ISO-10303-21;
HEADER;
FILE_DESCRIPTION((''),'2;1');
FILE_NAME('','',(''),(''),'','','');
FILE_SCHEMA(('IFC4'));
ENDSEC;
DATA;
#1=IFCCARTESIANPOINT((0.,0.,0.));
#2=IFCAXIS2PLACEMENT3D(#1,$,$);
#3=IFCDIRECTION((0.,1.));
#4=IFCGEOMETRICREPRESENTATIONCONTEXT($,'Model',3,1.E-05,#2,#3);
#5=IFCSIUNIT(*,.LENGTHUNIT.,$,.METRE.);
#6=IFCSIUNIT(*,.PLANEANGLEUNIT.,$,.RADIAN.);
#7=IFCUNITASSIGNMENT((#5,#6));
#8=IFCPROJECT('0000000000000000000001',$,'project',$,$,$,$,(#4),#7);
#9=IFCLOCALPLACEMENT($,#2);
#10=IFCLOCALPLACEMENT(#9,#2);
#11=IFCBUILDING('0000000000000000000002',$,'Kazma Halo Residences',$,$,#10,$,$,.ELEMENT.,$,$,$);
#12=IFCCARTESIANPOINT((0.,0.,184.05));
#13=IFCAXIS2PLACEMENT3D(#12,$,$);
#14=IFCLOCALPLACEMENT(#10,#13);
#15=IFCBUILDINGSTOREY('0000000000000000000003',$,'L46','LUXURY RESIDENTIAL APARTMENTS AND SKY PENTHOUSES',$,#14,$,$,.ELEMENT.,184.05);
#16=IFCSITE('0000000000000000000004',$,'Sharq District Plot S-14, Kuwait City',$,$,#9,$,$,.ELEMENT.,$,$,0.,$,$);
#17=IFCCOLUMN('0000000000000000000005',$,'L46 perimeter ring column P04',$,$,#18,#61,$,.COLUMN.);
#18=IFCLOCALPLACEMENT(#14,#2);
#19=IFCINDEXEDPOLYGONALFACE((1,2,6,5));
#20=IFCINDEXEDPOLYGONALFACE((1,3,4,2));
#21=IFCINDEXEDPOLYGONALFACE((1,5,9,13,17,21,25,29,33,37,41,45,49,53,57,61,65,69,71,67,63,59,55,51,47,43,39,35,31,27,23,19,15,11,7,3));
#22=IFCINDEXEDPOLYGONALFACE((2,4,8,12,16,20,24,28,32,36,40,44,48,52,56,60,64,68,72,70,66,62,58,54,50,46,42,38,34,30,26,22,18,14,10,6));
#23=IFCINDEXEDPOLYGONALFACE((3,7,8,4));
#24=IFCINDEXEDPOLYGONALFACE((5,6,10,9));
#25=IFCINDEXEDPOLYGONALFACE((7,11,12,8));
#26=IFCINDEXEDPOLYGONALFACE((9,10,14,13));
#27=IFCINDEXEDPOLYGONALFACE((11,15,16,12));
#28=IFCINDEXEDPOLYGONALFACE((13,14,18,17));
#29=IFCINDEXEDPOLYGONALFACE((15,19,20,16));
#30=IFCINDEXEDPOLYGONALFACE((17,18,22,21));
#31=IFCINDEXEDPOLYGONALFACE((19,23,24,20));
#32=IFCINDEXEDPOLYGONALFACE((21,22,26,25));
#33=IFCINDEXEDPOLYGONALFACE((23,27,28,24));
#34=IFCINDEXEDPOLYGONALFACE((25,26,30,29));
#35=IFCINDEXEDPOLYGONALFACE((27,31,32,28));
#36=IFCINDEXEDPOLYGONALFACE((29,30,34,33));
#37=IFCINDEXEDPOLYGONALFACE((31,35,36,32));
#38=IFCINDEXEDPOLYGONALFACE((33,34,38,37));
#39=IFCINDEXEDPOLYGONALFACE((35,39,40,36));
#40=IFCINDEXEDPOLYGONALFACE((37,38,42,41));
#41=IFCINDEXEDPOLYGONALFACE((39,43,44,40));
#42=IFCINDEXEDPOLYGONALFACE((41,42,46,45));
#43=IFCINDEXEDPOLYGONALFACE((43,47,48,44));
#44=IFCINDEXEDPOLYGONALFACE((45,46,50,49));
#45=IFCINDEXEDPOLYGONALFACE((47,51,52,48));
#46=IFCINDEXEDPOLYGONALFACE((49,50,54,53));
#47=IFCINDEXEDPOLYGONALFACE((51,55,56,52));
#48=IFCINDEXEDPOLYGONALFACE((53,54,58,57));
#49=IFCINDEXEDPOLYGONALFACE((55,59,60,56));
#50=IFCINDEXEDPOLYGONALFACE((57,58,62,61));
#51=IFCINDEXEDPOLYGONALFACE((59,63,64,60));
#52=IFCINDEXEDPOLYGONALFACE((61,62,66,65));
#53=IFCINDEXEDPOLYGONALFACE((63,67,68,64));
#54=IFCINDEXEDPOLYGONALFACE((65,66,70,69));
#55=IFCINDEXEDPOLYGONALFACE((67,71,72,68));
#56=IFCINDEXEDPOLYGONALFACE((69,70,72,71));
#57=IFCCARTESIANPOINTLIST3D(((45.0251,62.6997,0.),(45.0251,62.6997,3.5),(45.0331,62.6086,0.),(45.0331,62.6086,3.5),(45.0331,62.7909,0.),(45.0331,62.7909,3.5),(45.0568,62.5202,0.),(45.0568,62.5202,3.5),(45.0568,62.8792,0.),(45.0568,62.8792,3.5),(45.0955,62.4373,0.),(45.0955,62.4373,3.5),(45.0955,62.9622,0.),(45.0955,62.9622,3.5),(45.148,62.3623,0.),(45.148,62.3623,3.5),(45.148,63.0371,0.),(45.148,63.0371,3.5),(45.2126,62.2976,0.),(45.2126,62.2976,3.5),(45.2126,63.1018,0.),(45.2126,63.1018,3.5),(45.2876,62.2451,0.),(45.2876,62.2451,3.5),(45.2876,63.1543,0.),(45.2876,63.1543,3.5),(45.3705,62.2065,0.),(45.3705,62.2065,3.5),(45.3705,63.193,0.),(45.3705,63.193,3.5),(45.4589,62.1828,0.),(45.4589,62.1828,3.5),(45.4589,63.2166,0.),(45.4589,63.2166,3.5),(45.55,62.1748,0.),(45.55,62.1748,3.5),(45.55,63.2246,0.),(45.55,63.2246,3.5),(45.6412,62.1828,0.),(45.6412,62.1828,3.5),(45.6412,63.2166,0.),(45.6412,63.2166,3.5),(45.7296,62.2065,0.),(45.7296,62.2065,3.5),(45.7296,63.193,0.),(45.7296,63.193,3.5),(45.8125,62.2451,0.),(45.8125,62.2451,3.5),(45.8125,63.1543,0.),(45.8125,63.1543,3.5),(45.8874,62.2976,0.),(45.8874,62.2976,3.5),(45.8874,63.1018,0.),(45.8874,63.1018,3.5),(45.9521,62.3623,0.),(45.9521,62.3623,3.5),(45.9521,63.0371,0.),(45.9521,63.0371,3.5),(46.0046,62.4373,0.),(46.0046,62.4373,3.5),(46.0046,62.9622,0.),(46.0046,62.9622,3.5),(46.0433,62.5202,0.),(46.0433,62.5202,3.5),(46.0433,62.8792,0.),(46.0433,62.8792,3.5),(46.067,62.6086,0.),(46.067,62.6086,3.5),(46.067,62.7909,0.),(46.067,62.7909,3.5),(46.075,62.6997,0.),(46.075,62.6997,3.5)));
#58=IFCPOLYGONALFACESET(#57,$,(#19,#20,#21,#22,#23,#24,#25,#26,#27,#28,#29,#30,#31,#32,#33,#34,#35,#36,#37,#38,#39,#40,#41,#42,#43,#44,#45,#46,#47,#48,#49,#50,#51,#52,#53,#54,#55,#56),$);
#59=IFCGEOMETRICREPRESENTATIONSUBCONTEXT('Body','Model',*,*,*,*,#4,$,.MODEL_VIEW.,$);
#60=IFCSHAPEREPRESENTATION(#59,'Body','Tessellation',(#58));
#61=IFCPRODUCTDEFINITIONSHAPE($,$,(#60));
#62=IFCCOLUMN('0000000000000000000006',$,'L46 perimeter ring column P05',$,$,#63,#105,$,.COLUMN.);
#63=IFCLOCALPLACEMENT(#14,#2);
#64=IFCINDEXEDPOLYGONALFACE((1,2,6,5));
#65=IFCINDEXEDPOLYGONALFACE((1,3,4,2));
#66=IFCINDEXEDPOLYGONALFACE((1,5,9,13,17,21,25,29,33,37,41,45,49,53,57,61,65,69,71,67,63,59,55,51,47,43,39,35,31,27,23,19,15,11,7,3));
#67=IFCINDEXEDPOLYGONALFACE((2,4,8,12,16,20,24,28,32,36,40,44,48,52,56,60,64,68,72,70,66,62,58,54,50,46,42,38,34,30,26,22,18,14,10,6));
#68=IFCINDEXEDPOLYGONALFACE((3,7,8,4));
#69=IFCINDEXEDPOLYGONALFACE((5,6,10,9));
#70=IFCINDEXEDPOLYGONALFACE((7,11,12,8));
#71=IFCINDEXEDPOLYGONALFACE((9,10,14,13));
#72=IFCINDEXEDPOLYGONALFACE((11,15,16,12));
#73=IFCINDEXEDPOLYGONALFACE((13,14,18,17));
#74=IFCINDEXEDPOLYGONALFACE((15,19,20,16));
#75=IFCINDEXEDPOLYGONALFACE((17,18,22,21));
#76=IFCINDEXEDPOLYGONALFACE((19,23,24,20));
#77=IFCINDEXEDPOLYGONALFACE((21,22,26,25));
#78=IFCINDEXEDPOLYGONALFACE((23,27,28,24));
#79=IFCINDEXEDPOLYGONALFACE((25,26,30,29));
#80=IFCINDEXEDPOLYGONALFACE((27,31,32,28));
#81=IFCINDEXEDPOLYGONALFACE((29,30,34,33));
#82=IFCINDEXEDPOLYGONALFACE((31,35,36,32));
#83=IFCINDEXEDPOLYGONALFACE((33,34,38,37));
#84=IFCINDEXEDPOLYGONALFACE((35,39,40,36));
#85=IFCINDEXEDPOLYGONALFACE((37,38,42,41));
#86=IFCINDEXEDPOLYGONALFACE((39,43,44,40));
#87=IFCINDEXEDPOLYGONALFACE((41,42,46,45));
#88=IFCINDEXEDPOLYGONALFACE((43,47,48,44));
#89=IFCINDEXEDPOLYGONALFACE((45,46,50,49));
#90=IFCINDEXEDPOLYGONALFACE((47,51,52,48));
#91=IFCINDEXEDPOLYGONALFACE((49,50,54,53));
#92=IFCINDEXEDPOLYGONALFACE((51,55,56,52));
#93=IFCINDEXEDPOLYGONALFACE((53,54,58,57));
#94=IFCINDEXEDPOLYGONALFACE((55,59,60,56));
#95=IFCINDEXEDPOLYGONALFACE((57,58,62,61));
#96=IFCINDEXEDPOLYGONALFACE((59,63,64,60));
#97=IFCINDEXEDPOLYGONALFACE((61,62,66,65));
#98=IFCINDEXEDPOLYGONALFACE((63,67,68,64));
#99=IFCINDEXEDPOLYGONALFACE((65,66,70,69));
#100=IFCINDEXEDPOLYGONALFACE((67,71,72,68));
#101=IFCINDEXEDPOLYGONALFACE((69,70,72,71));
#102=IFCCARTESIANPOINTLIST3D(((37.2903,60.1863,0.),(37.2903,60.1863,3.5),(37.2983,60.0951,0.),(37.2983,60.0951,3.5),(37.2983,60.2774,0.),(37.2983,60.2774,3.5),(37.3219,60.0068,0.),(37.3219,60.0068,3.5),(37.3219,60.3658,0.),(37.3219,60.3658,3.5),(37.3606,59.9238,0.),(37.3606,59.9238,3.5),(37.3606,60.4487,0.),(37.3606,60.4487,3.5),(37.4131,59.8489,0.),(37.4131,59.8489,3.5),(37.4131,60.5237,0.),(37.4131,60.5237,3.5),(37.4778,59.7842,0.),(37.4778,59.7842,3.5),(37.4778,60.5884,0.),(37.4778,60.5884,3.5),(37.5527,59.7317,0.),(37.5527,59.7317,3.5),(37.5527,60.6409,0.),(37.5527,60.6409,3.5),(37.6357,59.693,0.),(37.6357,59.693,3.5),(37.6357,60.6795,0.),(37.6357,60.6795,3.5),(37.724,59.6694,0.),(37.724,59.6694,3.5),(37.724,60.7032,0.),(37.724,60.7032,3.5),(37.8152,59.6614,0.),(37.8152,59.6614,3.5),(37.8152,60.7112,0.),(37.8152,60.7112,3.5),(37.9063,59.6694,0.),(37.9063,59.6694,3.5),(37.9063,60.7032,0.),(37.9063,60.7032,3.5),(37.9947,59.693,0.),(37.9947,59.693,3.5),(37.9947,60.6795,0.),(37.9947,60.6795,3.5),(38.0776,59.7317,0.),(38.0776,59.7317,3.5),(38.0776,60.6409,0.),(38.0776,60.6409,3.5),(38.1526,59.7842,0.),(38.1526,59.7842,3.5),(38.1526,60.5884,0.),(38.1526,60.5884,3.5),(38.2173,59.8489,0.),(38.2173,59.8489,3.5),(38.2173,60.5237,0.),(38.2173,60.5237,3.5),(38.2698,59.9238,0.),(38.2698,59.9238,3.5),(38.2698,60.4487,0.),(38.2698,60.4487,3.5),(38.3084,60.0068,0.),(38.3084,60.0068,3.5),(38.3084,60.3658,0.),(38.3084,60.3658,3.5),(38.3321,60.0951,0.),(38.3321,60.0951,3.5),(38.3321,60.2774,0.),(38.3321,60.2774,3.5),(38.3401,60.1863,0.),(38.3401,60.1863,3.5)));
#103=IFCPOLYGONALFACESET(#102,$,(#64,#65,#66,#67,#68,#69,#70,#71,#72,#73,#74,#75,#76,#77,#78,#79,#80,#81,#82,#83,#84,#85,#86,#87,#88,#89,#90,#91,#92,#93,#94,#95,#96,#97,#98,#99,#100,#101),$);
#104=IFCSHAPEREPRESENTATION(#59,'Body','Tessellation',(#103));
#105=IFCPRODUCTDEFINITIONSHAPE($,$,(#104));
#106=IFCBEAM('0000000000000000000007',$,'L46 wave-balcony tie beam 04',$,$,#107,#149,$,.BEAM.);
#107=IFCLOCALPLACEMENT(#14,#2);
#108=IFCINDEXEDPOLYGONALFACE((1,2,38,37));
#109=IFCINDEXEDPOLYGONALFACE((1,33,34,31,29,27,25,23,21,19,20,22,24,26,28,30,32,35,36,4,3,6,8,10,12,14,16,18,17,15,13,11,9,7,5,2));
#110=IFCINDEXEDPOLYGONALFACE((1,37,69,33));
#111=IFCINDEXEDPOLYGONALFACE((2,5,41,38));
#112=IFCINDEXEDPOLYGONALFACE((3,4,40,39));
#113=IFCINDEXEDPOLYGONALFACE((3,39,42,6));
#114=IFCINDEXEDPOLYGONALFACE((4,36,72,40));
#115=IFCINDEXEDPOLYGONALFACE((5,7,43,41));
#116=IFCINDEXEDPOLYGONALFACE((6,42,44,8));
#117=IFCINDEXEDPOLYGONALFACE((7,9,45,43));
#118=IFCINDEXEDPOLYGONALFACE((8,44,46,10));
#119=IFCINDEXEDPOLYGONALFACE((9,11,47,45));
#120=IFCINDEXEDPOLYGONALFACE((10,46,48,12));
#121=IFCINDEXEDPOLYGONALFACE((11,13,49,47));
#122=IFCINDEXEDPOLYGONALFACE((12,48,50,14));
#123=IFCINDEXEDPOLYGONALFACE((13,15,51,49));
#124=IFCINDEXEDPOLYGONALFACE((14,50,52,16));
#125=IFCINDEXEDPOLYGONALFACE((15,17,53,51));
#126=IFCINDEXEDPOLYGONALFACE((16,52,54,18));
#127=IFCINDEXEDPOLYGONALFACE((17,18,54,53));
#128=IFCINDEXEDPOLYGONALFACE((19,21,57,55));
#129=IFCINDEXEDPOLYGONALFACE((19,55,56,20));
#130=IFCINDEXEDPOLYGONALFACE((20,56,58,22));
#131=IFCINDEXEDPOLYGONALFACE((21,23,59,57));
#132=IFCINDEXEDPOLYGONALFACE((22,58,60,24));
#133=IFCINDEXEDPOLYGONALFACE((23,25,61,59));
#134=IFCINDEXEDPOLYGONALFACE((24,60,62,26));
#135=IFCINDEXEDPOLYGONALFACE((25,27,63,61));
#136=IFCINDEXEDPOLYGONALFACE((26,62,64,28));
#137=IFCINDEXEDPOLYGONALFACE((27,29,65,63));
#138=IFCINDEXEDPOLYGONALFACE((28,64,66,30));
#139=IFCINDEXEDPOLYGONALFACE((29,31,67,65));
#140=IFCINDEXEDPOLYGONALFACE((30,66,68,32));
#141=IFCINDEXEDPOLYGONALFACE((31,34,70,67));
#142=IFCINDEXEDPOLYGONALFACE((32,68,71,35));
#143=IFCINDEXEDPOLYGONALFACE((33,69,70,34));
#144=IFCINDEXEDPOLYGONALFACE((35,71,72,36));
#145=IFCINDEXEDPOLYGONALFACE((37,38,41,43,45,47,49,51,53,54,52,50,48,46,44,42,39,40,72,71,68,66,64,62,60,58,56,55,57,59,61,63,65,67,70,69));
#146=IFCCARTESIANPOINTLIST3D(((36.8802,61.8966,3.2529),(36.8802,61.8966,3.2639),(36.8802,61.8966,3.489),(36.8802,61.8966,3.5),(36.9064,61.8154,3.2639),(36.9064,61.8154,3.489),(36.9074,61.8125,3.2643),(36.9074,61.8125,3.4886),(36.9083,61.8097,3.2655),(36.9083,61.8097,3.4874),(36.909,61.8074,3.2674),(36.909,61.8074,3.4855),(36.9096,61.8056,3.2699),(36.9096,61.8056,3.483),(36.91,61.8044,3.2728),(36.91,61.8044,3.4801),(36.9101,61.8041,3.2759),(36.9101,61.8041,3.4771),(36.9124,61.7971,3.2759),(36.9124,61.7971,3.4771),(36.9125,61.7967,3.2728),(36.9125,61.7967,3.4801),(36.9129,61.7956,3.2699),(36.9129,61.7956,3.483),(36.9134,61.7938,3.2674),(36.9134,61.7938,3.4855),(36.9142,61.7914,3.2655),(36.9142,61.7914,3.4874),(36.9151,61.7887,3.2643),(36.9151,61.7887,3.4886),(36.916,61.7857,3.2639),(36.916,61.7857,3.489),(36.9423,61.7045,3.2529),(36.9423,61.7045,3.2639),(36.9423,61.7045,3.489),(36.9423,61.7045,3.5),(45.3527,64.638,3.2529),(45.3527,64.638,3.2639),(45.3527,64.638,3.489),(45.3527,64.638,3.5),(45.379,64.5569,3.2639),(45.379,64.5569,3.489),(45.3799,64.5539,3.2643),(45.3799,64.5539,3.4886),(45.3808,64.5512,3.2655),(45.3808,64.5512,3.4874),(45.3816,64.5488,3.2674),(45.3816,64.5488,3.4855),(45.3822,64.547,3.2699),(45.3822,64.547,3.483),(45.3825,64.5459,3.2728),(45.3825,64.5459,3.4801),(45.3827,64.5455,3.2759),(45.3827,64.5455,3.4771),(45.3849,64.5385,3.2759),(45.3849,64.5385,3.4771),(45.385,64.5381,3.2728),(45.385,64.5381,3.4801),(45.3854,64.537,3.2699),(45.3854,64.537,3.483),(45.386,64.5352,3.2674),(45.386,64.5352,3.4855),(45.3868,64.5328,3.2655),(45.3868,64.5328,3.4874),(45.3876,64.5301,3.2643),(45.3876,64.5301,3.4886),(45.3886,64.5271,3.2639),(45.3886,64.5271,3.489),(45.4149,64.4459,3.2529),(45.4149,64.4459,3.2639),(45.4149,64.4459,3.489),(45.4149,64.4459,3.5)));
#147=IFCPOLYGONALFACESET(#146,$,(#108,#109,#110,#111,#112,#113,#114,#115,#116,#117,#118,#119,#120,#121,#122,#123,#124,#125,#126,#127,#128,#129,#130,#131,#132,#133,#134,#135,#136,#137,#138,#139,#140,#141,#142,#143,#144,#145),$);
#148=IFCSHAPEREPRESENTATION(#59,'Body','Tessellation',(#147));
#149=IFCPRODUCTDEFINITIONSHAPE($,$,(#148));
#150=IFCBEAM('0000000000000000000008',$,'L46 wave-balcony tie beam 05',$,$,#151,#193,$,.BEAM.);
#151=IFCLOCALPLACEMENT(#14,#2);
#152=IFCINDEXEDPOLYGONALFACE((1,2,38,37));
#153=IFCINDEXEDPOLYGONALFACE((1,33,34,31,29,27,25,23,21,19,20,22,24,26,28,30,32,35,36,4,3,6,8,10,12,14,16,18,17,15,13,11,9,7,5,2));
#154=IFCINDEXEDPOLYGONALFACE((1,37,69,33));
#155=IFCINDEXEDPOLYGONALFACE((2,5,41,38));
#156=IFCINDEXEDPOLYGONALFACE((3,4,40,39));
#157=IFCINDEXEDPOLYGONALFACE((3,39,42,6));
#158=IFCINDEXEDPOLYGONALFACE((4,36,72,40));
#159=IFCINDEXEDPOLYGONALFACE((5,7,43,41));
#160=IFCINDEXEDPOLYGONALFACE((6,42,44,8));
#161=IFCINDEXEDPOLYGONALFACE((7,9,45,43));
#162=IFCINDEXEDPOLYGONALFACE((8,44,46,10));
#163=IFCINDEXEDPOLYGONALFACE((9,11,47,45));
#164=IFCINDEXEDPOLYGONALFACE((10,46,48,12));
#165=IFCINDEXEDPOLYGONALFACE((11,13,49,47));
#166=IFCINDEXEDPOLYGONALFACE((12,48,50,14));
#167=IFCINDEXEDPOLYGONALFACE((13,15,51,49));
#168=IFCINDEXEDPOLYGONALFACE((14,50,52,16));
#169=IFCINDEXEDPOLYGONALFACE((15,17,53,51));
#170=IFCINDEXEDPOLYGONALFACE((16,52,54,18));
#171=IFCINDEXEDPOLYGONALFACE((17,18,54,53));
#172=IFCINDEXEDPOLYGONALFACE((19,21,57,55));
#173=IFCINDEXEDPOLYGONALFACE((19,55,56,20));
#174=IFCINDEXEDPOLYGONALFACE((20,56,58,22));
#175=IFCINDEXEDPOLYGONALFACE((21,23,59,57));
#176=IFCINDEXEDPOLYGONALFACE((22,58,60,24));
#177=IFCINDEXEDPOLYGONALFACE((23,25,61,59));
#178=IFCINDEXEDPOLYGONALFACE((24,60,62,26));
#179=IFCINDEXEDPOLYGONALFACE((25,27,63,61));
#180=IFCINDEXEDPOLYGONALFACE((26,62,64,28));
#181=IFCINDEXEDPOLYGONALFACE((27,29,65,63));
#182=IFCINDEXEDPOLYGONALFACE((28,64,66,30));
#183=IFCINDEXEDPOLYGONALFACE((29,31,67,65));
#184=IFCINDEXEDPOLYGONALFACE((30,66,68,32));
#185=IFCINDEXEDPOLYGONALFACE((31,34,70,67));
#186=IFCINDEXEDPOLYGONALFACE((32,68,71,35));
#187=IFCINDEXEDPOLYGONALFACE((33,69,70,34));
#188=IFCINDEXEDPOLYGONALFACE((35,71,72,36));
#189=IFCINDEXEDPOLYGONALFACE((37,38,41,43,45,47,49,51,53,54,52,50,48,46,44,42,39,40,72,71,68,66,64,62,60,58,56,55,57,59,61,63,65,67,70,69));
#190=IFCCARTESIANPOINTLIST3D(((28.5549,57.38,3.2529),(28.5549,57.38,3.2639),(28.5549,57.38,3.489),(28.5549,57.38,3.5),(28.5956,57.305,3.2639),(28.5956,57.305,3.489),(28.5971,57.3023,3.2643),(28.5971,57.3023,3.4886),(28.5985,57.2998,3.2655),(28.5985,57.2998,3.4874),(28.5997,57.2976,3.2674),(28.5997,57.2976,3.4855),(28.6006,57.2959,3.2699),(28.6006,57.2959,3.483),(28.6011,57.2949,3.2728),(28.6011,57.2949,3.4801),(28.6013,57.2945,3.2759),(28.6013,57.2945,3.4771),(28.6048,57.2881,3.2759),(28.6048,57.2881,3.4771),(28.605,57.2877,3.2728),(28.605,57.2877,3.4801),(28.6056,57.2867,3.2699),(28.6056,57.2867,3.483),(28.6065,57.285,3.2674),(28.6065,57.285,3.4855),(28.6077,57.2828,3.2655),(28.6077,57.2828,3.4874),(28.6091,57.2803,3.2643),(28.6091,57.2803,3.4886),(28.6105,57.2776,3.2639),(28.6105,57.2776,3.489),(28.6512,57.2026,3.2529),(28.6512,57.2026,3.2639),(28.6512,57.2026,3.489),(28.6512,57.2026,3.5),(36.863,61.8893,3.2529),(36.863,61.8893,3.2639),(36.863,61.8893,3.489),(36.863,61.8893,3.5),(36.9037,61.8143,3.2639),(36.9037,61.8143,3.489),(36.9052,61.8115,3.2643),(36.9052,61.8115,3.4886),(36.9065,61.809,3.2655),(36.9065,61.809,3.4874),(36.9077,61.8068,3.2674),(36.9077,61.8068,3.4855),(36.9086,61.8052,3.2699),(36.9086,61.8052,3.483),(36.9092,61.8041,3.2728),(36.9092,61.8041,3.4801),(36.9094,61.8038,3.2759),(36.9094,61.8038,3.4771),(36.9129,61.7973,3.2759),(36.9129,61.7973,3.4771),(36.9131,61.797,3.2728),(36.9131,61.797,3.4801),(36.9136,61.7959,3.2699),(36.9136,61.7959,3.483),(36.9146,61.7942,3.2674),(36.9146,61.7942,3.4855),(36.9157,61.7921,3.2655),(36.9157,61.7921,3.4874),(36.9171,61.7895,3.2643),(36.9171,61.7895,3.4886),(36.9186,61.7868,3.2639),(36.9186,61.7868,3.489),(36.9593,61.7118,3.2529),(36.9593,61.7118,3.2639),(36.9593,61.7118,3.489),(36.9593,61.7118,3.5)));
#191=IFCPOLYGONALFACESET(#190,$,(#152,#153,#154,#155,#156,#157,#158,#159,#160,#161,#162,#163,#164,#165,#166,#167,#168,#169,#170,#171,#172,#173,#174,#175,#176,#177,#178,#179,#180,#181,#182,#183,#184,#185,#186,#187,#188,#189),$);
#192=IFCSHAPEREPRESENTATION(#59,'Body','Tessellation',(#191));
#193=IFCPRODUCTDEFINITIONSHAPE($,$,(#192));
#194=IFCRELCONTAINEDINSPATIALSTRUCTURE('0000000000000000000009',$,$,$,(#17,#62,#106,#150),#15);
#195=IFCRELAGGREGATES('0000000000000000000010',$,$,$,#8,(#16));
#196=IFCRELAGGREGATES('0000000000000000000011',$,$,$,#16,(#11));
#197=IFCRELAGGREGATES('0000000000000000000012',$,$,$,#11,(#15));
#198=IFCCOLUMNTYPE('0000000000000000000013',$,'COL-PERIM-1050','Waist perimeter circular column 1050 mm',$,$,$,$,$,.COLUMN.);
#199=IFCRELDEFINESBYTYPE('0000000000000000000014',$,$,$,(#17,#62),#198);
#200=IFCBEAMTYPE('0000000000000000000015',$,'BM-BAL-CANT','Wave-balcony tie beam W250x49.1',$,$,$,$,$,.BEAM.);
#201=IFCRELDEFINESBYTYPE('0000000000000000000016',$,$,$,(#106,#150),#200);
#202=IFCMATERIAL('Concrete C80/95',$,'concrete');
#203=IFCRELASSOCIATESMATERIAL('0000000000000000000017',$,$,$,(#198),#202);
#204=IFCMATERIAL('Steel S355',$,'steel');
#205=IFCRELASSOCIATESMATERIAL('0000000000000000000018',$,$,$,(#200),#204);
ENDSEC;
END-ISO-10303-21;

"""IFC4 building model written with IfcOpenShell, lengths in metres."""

from ifc_helpers import new_model, si_unit, direction, frame, origin, origin_2d, place, context, subcontext, project, spatial, circle, i_section, extrude, material, material_profile, profile_set, type_object, element, save


model = new_model("IFC4")

# Units and contexts
model_context = context("Model", 3, precision=1e-05, world=origin(), true_north=direction((0.0, 1.0)))
body_context = subcontext(model_context, "Body", "Model", "MODEL_VIEW")
ifc_project = project(units=[si_unit("LENGTHUNIT", "METRE"), si_unit("PLANEANGLEUNIT", "RADIAN")], contexts=[model_context])

# Site, building, storey
site_placement = place(None, origin())
site = spatial("IfcSite", under=ifc_project, at=site_placement, Name="Sharq District Plot S-14, Kuwait City", CompositionType="ELEMENT", RefElevation=0.0)
building_placement = place(site_placement, origin())
building = spatial("IfcBuilding", under=site, at=building_placement, Name="Kazma Halo Residences", CompositionType="ELEMENT")
storey_placement = place(building_placement, frame((0.0, 0.0, 184.05)))
storey = spatial("IfcBuildingStorey", under=building, at=storey_placement, Name="L46", Description="LUXURY RESIDENTIAL APARTMENTS AND SKY PENTHOUSES", CompositionType="ELEMENT", Elevation=184.05)

# Columns
ifc_material_1 = material(Name="Concrete C80/95", Category="concrete")
ifc_material_profile_1 = material_profile(ifc_material_1, circle(Radius=0.5249, at=origin_2d()), Name="CIRC1050")
ifc_profile_set_1 = profile_set([ifc_material_profile_1], Name="Concrete C80/95")
column_type = type_object("IfcColumnType", Name="COL-PERIM-1050", Description="Waist perimeter circular column 1050 mm", PredefinedType="COLUMN", material=ifc_profile_set_1)
for number, where, z_axis, x_axis, name in (
    (1, (45.55, 62.6997, 0.0), (0.0, 0.0, 1.0), (1.0, 0.0, 0.0), "L46 perimeter ring column P04"),
    (2, (37.8152, 60.1863, 0.0), (0.0, 0.0, 1.0), (1.0, 0.0, 0.0), "L46 perimeter ring column P05"),
):
    element("IfcColumn", number, at=place(storey_placement, frame(where, z_axis=z_axis, x_axis=x_axis)), inside=storey, type_object=column_type, Name=name, PredefinedType="COLUMN", context=body_context, shape_type="SweptSolid", body=[
        extrude(circle(Radius=0.5249, at=origin_2d()), origin(), (0.0, 0.0, 1.0), 3.5),
    ])

# Beams
ifc_material_2 = material(Name="Steel S355", Category="steel")
ifc_material_profile_2 = material_profile(ifc_material_2, i_section(OverallWidth=0.2019, OverallDepth=0.2471, WebThickness=0.0073, FlangeThickness=0.011, FilletRadius=0.012, at=origin_2d()), Name="W250x49.1")
ifc_profile_set_2 = profile_set([ifc_material_profile_2], Name="Steel S355")
beam_type_1 = type_object("IfcBeamType", Name="BM-BAL-CANT", Description="Wave-balcony tie beam W250x49.1", PredefinedType="BEAM", material=ifc_profile_set_2)
beam_1_placement = place(storey_placement, frame((45.3838, 64.542, 3.3765), z_axis=(-0.951435, -0.307851, 0.0), x_axis=(0.307851, -0.951435, 0.0)))
element("IfcBeam", 3, at=beam_1_placement, inside=storey, type_object=beam_type_1, Name="L46 wave-balcony tie beam 04", PredefinedType="BEAM", context=body_context, shape_type="SweptSolid", body=[
    extrude(i_section(OverallWidth=0.2019, OverallDepth=0.2471, WebThickness=0.0073, FlangeThickness=0.011, FilletRadius=0.012, at=origin_2d()), origin(), (0.0, 0.0, 1.0), 8.905),
])
beam_2_placement = place(storey_placement, frame((36.9111, 61.8005, 3.3765), z_axis=(-0.878891, -0.477023, 0.0), x_axis=(0.477023, -0.878891, 0.0)))
element("IfcBeam", 4, at=beam_2_placement, inside=storey, type_object=beam_type_1, Name="L46 wave-balcony tie beam 05", PredefinedType="BEAM", context=body_context, shape_type="SweptSolid", body=[
    extrude(i_section(OverallWidth=0.2019, OverallDepth=0.2471, WebThickness=0.0073, FlangeThickness=0.011, FilletRadius=0.012, at=origin_2d()), origin(), (0.0, 0.0, 1.0), 9.4529),
])

save(model, "model.ifc")
